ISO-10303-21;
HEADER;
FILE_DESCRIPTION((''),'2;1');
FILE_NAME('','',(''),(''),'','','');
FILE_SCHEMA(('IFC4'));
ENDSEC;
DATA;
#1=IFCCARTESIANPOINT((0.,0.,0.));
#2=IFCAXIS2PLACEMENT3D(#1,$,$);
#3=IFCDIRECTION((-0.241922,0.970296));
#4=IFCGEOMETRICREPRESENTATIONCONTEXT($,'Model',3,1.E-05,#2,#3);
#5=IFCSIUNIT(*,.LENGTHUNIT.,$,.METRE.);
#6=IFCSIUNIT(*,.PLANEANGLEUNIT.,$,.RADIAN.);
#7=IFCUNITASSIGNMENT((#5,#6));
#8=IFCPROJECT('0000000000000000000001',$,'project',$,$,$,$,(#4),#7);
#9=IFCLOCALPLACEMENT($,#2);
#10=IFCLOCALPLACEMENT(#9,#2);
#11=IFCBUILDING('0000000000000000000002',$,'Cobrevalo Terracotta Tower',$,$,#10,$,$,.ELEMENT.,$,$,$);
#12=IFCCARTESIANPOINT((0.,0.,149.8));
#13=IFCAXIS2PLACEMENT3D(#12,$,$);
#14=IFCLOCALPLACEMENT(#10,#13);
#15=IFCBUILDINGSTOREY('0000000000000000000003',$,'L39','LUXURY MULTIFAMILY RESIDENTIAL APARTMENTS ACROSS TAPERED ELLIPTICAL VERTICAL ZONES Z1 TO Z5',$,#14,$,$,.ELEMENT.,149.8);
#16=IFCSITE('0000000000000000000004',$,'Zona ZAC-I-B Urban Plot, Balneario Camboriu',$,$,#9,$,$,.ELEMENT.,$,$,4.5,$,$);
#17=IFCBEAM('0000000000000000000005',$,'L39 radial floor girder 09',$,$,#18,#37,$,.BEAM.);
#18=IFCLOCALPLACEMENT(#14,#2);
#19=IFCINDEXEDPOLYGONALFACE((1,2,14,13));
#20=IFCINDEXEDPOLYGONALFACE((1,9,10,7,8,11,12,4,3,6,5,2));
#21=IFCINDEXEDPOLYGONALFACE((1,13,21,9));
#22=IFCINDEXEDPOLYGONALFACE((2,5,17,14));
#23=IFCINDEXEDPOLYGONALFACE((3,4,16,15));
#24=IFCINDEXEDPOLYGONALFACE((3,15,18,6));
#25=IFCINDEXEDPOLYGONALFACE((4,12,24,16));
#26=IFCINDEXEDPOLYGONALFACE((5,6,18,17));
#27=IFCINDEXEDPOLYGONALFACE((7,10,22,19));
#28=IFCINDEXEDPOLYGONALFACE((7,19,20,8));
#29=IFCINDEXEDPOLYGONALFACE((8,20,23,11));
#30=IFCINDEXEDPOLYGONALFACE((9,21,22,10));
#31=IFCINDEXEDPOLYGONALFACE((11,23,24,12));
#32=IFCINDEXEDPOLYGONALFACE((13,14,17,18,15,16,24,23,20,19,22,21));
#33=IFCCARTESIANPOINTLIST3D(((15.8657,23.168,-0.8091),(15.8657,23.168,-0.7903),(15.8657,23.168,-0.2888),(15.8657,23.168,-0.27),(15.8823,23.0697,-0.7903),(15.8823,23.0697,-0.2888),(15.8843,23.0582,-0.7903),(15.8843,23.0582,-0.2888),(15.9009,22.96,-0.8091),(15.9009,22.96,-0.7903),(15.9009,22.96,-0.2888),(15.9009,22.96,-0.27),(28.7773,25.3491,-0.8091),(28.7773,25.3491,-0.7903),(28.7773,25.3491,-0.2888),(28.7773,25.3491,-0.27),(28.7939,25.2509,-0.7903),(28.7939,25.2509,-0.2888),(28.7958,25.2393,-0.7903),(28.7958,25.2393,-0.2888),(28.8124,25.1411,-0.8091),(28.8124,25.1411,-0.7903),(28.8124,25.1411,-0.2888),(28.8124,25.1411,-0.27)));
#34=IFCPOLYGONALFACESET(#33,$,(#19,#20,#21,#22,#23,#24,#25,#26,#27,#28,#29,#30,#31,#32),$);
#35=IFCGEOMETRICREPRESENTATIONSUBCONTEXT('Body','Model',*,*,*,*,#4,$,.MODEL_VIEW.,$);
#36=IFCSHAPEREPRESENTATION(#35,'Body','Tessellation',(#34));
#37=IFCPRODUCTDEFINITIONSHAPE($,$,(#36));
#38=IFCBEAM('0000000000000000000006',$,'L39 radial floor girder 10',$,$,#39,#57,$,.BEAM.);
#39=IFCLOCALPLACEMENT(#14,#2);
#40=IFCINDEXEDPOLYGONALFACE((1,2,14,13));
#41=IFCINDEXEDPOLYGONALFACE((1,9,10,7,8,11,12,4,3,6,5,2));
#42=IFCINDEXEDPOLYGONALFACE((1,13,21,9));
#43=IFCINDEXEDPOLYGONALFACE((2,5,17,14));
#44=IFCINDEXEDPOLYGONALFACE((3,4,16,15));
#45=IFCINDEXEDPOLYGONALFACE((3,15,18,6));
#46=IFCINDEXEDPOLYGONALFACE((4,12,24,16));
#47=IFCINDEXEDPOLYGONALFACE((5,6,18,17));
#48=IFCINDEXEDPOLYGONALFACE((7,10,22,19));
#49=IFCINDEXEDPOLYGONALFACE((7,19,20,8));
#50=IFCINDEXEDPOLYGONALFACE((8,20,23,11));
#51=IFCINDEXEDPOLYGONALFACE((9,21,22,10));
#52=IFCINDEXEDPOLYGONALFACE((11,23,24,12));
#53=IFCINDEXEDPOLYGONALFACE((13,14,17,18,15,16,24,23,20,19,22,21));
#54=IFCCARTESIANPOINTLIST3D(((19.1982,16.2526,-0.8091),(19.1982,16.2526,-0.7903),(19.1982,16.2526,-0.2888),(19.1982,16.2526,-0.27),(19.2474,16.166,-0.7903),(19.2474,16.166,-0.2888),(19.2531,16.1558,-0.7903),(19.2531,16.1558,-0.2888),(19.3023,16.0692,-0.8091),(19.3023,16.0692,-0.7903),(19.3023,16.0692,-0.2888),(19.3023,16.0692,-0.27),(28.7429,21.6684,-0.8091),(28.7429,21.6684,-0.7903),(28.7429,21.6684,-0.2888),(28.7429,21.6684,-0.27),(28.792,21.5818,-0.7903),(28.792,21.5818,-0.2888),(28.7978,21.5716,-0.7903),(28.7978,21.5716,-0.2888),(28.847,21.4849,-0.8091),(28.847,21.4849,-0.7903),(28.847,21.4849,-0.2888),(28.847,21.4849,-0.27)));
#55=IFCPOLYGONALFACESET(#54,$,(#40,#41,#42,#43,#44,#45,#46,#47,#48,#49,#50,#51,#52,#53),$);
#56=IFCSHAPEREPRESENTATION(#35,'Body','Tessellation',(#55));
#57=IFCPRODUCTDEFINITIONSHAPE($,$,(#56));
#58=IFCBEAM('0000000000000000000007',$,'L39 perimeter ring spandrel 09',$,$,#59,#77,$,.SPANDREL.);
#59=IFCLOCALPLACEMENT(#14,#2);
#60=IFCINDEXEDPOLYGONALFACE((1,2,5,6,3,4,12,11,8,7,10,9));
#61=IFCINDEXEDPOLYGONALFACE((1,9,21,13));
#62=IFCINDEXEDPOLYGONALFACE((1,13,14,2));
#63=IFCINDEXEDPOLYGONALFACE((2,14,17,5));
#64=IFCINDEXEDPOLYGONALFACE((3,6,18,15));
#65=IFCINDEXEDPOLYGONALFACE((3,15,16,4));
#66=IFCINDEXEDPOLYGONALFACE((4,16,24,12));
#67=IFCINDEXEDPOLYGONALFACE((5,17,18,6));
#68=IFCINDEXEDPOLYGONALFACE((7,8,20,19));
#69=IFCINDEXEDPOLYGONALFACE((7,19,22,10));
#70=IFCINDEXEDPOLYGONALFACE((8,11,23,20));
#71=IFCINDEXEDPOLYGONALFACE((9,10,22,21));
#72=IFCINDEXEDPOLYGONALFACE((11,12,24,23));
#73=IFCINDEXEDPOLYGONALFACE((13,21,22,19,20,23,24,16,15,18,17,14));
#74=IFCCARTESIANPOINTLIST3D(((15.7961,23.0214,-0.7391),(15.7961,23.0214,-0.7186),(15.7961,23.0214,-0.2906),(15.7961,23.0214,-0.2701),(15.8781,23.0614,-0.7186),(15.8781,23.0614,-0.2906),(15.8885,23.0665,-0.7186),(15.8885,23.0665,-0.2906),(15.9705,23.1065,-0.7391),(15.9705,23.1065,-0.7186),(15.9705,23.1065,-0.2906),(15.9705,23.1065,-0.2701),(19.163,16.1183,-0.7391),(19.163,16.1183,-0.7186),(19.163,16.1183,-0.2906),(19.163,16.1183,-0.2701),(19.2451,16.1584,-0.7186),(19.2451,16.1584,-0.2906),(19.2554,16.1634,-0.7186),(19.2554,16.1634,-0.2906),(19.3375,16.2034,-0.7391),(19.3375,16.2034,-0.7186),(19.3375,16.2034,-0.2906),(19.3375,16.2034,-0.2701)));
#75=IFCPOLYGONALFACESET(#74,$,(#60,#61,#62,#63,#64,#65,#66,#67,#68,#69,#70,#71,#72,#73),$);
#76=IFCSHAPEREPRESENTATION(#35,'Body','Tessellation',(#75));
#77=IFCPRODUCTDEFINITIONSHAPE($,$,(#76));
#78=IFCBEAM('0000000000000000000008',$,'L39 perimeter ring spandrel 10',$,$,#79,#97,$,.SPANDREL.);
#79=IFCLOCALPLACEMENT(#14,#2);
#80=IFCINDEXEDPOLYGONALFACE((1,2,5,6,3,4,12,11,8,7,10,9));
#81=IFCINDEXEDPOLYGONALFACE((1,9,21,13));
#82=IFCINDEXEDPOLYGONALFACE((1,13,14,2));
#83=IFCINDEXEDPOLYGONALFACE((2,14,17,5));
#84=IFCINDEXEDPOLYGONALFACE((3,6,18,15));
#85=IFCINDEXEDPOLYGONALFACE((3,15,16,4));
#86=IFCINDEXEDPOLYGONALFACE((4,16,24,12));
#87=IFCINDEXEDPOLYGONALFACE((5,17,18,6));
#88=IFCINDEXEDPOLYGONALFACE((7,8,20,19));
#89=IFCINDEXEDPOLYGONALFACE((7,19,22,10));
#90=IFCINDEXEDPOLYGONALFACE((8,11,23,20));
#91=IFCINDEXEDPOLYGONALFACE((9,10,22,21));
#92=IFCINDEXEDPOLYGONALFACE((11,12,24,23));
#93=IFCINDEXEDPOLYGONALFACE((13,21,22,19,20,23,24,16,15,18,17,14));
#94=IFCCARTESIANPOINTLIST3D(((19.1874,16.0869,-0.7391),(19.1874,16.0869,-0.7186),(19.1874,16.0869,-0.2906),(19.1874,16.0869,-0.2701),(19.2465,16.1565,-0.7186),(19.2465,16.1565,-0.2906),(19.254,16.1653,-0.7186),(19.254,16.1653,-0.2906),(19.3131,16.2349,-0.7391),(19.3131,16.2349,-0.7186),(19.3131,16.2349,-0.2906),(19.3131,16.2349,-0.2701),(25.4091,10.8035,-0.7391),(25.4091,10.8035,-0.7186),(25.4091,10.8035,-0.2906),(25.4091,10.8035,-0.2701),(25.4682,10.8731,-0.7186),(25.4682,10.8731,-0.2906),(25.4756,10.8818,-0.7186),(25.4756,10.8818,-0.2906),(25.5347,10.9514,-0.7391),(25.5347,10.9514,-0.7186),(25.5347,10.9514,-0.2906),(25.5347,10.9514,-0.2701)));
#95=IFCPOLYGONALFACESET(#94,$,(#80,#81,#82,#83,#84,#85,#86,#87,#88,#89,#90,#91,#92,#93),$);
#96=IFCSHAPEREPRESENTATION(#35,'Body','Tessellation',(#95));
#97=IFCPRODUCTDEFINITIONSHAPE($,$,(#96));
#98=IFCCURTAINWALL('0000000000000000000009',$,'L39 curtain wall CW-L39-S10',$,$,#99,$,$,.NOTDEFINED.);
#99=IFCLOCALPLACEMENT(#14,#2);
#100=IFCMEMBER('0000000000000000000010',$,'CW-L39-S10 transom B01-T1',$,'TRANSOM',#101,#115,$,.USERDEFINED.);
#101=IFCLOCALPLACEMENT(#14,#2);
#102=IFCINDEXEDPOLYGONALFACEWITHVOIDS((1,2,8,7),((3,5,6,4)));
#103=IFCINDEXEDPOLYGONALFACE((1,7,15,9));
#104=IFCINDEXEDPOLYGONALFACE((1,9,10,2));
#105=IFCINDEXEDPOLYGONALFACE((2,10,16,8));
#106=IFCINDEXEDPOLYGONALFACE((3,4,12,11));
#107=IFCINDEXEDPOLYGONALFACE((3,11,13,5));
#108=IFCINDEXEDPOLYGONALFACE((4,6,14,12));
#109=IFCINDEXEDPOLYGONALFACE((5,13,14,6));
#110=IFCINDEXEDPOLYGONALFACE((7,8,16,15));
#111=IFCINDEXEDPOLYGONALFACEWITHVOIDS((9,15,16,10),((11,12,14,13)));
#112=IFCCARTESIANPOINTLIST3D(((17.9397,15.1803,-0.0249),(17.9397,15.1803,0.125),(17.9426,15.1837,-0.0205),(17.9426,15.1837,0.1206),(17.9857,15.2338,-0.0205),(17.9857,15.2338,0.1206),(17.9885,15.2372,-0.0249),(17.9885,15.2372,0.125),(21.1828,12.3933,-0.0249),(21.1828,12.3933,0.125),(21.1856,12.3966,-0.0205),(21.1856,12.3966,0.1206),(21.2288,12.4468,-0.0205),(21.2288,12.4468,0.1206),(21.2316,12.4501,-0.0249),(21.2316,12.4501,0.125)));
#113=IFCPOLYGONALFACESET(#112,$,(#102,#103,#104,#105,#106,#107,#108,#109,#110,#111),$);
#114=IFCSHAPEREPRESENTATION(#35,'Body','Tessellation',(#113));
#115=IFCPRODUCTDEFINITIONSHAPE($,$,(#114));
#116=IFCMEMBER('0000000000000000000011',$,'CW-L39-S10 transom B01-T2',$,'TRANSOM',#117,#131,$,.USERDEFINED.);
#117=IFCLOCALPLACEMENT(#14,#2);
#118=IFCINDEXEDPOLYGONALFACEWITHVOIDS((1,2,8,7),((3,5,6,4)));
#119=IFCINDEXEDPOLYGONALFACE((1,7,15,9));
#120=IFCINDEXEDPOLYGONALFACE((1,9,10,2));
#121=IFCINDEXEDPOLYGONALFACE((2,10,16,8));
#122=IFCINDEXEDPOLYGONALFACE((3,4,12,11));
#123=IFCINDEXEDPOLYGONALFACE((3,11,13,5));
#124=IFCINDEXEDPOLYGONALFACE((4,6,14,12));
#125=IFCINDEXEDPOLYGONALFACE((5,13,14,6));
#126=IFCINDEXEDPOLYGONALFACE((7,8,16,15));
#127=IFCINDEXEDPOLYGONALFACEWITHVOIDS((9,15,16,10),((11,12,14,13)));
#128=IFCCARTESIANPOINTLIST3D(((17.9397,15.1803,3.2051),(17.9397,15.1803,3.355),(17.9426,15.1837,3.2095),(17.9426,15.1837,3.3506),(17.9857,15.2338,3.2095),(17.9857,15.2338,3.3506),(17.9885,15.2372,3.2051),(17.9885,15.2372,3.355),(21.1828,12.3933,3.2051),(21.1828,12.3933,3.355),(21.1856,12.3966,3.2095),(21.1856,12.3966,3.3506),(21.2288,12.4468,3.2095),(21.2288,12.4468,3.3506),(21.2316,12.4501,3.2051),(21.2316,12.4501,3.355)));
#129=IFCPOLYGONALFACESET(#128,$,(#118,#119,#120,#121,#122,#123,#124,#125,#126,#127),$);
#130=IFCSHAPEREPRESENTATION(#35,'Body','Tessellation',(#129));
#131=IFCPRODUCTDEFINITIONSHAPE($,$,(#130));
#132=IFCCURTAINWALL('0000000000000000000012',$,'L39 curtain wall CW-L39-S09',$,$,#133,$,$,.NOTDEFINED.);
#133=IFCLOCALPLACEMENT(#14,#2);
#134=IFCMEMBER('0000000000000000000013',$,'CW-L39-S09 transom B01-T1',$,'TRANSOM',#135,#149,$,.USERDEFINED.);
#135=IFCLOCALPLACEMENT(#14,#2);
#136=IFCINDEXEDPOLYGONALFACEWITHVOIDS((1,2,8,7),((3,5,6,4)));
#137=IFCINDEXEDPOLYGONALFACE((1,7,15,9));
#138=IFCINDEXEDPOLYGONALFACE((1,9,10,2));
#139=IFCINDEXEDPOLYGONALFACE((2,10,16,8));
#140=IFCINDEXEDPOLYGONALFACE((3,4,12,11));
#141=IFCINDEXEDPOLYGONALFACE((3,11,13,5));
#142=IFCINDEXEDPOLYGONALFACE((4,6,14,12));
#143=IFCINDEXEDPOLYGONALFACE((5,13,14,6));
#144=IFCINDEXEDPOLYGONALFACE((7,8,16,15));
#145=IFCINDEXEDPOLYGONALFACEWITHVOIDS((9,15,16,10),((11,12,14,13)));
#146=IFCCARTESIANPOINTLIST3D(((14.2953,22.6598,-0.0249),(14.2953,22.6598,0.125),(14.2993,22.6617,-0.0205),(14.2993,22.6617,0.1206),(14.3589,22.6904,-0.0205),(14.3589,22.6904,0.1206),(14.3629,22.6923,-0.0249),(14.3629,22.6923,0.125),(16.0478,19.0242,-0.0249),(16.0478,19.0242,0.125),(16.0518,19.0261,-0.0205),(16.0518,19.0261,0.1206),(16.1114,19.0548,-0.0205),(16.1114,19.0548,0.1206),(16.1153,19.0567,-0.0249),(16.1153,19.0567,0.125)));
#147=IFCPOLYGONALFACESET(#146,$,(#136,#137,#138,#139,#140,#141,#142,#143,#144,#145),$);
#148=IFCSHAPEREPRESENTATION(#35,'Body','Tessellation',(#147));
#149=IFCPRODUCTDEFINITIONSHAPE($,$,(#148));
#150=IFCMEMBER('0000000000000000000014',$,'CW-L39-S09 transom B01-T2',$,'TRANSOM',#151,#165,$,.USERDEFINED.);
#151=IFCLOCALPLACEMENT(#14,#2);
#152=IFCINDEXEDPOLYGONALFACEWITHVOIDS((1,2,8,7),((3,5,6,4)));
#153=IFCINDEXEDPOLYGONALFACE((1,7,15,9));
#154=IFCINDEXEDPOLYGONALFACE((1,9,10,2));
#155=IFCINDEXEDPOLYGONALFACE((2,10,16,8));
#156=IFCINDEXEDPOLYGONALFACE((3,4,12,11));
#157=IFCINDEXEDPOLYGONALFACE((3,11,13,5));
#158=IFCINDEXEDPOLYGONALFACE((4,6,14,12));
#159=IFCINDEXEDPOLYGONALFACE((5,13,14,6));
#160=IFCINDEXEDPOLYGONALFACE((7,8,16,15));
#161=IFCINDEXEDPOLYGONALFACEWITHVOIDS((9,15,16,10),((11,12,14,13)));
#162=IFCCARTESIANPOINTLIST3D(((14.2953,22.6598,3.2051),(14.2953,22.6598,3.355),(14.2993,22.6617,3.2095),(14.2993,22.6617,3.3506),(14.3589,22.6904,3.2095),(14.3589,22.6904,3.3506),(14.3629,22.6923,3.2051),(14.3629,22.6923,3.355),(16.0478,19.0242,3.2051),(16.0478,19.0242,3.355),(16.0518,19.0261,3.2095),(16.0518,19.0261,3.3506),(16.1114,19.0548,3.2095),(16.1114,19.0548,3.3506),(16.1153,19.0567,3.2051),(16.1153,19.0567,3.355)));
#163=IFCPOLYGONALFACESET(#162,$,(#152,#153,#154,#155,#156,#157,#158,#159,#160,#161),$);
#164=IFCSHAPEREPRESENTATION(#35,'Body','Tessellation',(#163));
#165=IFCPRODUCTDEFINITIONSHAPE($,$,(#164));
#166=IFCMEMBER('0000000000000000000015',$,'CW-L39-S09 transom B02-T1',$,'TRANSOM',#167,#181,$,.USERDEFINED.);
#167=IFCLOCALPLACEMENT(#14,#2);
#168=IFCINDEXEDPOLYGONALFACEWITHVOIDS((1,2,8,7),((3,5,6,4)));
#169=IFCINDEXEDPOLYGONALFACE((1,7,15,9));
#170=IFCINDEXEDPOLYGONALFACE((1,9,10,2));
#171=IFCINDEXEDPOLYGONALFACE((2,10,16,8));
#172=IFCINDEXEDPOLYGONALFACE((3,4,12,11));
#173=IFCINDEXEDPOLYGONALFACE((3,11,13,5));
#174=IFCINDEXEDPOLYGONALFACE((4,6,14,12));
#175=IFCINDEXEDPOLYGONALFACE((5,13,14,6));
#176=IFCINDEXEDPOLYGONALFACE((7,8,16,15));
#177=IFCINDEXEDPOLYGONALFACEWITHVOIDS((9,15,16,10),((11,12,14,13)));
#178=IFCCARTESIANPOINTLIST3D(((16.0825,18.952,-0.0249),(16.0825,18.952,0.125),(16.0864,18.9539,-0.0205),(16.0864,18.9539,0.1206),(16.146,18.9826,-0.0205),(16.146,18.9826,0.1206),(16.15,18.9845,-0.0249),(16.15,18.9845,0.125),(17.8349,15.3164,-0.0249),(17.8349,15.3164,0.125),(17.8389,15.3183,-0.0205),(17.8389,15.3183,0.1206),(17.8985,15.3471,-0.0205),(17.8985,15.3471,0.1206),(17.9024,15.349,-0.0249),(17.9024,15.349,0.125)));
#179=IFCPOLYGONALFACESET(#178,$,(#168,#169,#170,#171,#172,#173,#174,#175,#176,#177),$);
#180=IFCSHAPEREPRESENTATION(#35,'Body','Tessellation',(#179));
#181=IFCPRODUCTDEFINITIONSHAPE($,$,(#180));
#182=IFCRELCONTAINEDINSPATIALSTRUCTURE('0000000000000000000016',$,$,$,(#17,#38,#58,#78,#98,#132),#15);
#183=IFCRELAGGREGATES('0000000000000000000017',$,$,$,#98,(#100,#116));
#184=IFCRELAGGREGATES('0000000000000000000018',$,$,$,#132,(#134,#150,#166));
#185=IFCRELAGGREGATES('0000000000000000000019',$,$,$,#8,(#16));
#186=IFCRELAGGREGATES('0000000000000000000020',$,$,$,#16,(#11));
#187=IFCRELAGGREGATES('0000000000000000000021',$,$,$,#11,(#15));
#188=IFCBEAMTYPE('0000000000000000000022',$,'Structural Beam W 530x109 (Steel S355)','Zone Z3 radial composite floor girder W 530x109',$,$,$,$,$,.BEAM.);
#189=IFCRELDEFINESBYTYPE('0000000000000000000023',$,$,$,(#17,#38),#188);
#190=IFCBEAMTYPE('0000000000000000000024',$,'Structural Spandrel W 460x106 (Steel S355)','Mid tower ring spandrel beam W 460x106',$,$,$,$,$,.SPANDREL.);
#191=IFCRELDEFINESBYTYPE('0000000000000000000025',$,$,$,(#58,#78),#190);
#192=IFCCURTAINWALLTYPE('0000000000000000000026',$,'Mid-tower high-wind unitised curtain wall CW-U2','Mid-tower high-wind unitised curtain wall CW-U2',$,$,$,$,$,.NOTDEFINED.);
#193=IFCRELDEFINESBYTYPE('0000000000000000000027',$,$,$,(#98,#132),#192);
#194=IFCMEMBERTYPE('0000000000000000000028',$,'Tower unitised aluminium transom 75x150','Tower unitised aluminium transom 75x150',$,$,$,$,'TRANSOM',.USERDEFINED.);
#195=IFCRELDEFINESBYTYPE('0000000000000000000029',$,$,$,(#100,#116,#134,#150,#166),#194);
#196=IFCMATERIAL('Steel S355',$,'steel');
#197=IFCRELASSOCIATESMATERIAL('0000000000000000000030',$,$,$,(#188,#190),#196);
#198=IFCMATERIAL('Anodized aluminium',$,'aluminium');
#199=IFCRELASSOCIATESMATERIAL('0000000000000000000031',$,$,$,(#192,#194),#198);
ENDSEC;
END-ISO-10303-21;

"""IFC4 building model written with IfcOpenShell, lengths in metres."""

from ifc_helpers import new_model, si_unit, direction, frame, origin, origin_2d, place, context, subcontext, project, spatial, hollow_rectangle, i_section, extrude, source, transform, mapped, material, material_profile, profile_set, type_object, element, aggregate, save


model = new_model("IFC4")

# Units and contexts
model_context = context("Model", 3, precision=1e-05, world=origin(), true_north=direction((-0.241922, 0.970296)))
body_context = subcontext(model_context, "Body", "Model", "MODEL_VIEW")
ifc_project = project(units=[si_unit("LENGTHUNIT", "METRE"), si_unit("PLANEANGLEUNIT", "RADIAN")], contexts=[model_context])

# Site, building, storey
site_placement = place(None, origin())
site = spatial("IfcSite", under=ifc_project, at=site_placement, Name="Zona ZAC-I-B Urban Plot, Balneario Camboriu", CompositionType="ELEMENT", RefElevation=4.5)
building_placement = place(site_placement, origin())
building = spatial("IfcBuilding", under=site, at=building_placement, Name="Cobrevalo Terracotta Tower", CompositionType="ELEMENT")
storey_placement = place(building_placement, frame((0.0, 0.0, 149.8)))
storey = spatial("IfcBuildingStorey", under=building, at=storey_placement, Name="L39", Description="LUXURY MULTIFAMILY RESIDENTIAL APARTMENTS ACROSS TAPERED ELLIPTICAL VERTICAL ZONES Z1 TO Z5", CompositionType="ELEMENT", Elevation=149.8)

# Shared definitions
ifc_material_1 = material(Name="Steel S355", Category="steel")

# Beams
ifc_material_profile_1 = material_profile(ifc_material_1, i_section(OverallWidth=0.2109, OverallDepth=0.5391, WebThickness=0.0117, FlangeThickness=0.0188, at=origin_2d()), Name="W 530x109")
ifc_profile_set_1 = profile_set([ifc_material_profile_1], Name="Steel S355")
beam_type_1 = type_object("IfcBeamType", Name="Structural Beam W 530x109 (Steel S355)", Description="Zone Z3 radial composite floor girder W 530x109", PredefinedType="BEAM", material=ifc_profile_set_1)
beam_1_placement = place(storey_placement, frame((15.8833, 23.064, -0.5396), z_axis=(0.98603, 0.166569, 0.0), x_axis=(-0.166569, 0.98603, 0.0)))
element("IfcBeam", 1, at=beam_1_placement, inside=storey, type_object=beam_type_1, Name="L39 radial floor girder 09", PredefinedType="BEAM", context=body_context, shape_type="SweptSolid", body=[
    extrude(i_section(OverallWidth=0.2109, OverallDepth=0.5391, WebThickness=0.0117, FlangeThickness=0.0188, at=origin_2d()), origin(), (0.0, 0.0, 1.0), 13.0945),
])
beam_2_placement = place(storey_placement, frame((19.2502, 16.1609, -0.5396), z_axis=(0.869744, 0.493504, 0.0), x_axis=(-0.493504, 0.869744, 0.0)))
element("IfcBeam", 2, at=beam_2_placement, inside=storey, type_object=beam_type_1, Name="L39 radial floor girder 10", PredefinedType="BEAM", context=body_context, shape_type="SweptSolid", body=[
    extrude(i_section(OverallWidth=0.2109, OverallDepth=0.5391, WebThickness=0.0117, FlangeThickness=0.0188, at=origin_2d()), origin(), (0.0, 0.0, 1.0), 10.9741),
])
ifc_material_profile_2 = material_profile(ifc_material_1, i_section(OverallWidth=0.1941, OverallDepth=0.469, WebThickness=0.0115, FlangeThickness=0.0205, at=origin_2d()), Name="W 460x106")
ifc_profile_set_2 = profile_set([ifc_material_profile_2], Name="Steel S355")
beam_type_2 = type_object("IfcBeamType", Name="Structural Spandrel W 460x106 (Steel S355)", Description="Mid tower ring spandrel beam W 460x106", PredefinedType="SPANDREL", material=ifc_profile_set_2)
beam_3_placement = place(storey_placement, frame((15.8833, 23.064, -0.5046), z_axis=(0.43838, -0.89879, 0.0), x_axis=(0.89879, 0.43838, 0.0)))
element("IfcBeam", 3, at=beam_3_placement, inside=storey, type_object=beam_type_2, Name="L39 perimeter ring spandrel 09", PredefinedType="SPANDREL", context=body_context, shape_type="SweptSolid", body=[
    extrude(i_section(OverallWidth=0.1941, OverallDepth=0.469, WebThickness=0.0115, FlangeThickness=0.0205, at=origin_2d()), origin(), (0.0, 0.0, 1.0), 7.6804),
])
beam_4_placement = place(storey_placement, frame((19.2502, 16.1609, -0.5046), z_axis=(0.76224, -0.647294, 0.0), x_axis=(0.647294, 0.76224, 0.0)))
element("IfcBeam", 4, at=beam_4_placement, inside=storey, type_object=beam_type_2, Name="L39 perimeter ring spandrel 10", PredefinedType="SPANDREL", context=body_context, shape_type="SweptSolid", body=[
    extrude(i_section(OverallWidth=0.1941, OverallDepth=0.469, WebThickness=0.0115, FlangeThickness=0.0205, at=origin_2d()), origin(), (0.0, 0.0, 1.0), 8.1624),
])

# Curtain walls, members
ifc_material_2 = material(Name="Anodized aluminium", Category="aluminium")
curtain_wall_type = type_object("IfcCurtainWallType", Name="Mid-tower high-wind unitised curtain wall CW-U2", Description="Mid-tower high-wind unitised curtain wall CW-U2", PredefinedType="NOTDEFINED", material=ifc_material_2)
curtain_wall_1_placement = place(storey_placement, origin())
curtain_wall_1 = element("IfcCurtainWall", 5, at=curtain_wall_1_placement, inside=storey, type_object=curtain_wall_type, Name="L39 curtain wall CW-L39-S10", PredefinedType="NOTDEFINED")
ifc_material_profile_3 = material_profile(ifc_material_2, hollow_rectangle(XDim=0.075, YDim=0.1499, WallThickness=0.0044, at=origin_2d()), Name="CWT 75x150")
ifc_profile_set_3 = profile_set([ifc_material_profile_3], Name="Anodized aluminium")
member_type_1 = type_object("IfcMemberType", Name="Tower unitised aluminium transom 75x150", Description="Tower unitised aluminium transom 75x150", ElementType="TRANSOM", PredefinedType="USERDEFINED", material=ifc_profile_set_3)
shared_shape_1 = source(origin(), body_context, "Body", "SweptSolid", [
    extrude(hollow_rectangle(XDim=0.075, YDim=0.1499, WallThickness=0.0044, at=origin_2d()), origin(), (0.0, 0.0, 1.0), 4.2761),
])
member_1_placement = place(storey_placement, frame((17.9641, 15.2087, 0.05), z_axis=(0.758418, -0.651769, 0.0), x_axis=(0.651769, 0.758418, 0.0)))
member_1 = element("IfcMember", 6, at=member_1_placement, type_object=member_type_1, Name="CW-L39-S10 transom B01-T1", ObjectType="TRANSOM", PredefinedType="USERDEFINED", context=body_context, shape_type="MappedRepresentation", body=[
    mapped(shared_shape_1, transform((0.0, 0.0, 0.0), scale=1.0)),
])
member_2_placement = place(storey_placement, frame((17.9641, 15.2087, 3.28), z_axis=(0.758418, -0.651769, 0.0), x_axis=(0.651769, 0.758418, 0.0)))
member_2 = element("IfcMember", 7, at=member_2_placement, type_object=member_type_1, Name="CW-L39-S10 transom B01-T2", ObjectType="TRANSOM", PredefinedType="USERDEFINED", context=body_context, shape_type="MappedRepresentation", body=[
    mapped(shared_shape_1, transform((0.0, 0.0, 0.0), scale=1.0)),
])
curtain_wall_2_placement = place(storey_placement, origin())
curtain_wall_2 = element("IfcCurtainWall", 8, at=curtain_wall_2_placement, inside=storey, type_object=curtain_wall_type, Name="L39 curtain wall CW-L39-S09", PredefinedType="NOTDEFINED")
shared_shape_2 = source(origin(), body_context, "Body", "SweptSolid", [
    extrude(hollow_rectangle(XDim=0.075, YDim=0.1499, WallThickness=0.0044, at=origin_2d()), origin(), (0.0, 0.0, 1.0), 4.0359),
])
member_3_placement = place(storey_placement, frame((14.3291, 22.676, 0.05), z_axis=(0.434221, -0.900806, 0.0), x_axis=(0.900806, 0.434221, 0.0)))
member_3 = element("IfcMember", 9, at=member_3_placement, type_object=member_type_1, Name="CW-L39-S09 transom B01-T1", ObjectType="TRANSOM", PredefinedType="USERDEFINED", context=body_context, shape_type="MappedRepresentation", body=[
    mapped(shared_shape_2, transform((0.0, 0.0, 0.0), scale=1.0)),
])
member_4_placement = place(storey_placement, frame((14.3291, 22.676, 3.28), z_axis=(0.434221, -0.900806, 0.0), x_axis=(0.900806, 0.434221, 0.0)))
member_4 = element("IfcMember", 10, at=member_4_placement, type_object=member_type_1, Name="CW-L39-S09 transom B01-T2", ObjectType="TRANSOM", PredefinedType="USERDEFINED", context=body_context, shape_type="MappedRepresentation", body=[
    mapped(shared_shape_2, transform((0.0, 0.0, 0.0), scale=1.0)),
])
member_5_placement = place(storey_placement, frame((16.1162, 18.9683, 0.05), z_axis=(0.434221, -0.900806, 0.0), x_axis=(0.900806, 0.434221, 0.0)))
member_5 = element("IfcMember", 11, at=member_5_placement, type_object=member_type_1, Name="CW-L39-S09 transom B02-T1", ObjectType="TRANSOM", PredefinedType="USERDEFINED", context=body_context, shape_type="MappedRepresentation", body=[
    mapped(shared_shape_2, transform((0.0, 0.0, 0.0), scale=1.0)),
])

aggregate(curtain_wall_1, [member_1, member_2])

aggregate(curtain_wall_2, [member_3, member_4, member_5])

save(model, "model.ifc")
